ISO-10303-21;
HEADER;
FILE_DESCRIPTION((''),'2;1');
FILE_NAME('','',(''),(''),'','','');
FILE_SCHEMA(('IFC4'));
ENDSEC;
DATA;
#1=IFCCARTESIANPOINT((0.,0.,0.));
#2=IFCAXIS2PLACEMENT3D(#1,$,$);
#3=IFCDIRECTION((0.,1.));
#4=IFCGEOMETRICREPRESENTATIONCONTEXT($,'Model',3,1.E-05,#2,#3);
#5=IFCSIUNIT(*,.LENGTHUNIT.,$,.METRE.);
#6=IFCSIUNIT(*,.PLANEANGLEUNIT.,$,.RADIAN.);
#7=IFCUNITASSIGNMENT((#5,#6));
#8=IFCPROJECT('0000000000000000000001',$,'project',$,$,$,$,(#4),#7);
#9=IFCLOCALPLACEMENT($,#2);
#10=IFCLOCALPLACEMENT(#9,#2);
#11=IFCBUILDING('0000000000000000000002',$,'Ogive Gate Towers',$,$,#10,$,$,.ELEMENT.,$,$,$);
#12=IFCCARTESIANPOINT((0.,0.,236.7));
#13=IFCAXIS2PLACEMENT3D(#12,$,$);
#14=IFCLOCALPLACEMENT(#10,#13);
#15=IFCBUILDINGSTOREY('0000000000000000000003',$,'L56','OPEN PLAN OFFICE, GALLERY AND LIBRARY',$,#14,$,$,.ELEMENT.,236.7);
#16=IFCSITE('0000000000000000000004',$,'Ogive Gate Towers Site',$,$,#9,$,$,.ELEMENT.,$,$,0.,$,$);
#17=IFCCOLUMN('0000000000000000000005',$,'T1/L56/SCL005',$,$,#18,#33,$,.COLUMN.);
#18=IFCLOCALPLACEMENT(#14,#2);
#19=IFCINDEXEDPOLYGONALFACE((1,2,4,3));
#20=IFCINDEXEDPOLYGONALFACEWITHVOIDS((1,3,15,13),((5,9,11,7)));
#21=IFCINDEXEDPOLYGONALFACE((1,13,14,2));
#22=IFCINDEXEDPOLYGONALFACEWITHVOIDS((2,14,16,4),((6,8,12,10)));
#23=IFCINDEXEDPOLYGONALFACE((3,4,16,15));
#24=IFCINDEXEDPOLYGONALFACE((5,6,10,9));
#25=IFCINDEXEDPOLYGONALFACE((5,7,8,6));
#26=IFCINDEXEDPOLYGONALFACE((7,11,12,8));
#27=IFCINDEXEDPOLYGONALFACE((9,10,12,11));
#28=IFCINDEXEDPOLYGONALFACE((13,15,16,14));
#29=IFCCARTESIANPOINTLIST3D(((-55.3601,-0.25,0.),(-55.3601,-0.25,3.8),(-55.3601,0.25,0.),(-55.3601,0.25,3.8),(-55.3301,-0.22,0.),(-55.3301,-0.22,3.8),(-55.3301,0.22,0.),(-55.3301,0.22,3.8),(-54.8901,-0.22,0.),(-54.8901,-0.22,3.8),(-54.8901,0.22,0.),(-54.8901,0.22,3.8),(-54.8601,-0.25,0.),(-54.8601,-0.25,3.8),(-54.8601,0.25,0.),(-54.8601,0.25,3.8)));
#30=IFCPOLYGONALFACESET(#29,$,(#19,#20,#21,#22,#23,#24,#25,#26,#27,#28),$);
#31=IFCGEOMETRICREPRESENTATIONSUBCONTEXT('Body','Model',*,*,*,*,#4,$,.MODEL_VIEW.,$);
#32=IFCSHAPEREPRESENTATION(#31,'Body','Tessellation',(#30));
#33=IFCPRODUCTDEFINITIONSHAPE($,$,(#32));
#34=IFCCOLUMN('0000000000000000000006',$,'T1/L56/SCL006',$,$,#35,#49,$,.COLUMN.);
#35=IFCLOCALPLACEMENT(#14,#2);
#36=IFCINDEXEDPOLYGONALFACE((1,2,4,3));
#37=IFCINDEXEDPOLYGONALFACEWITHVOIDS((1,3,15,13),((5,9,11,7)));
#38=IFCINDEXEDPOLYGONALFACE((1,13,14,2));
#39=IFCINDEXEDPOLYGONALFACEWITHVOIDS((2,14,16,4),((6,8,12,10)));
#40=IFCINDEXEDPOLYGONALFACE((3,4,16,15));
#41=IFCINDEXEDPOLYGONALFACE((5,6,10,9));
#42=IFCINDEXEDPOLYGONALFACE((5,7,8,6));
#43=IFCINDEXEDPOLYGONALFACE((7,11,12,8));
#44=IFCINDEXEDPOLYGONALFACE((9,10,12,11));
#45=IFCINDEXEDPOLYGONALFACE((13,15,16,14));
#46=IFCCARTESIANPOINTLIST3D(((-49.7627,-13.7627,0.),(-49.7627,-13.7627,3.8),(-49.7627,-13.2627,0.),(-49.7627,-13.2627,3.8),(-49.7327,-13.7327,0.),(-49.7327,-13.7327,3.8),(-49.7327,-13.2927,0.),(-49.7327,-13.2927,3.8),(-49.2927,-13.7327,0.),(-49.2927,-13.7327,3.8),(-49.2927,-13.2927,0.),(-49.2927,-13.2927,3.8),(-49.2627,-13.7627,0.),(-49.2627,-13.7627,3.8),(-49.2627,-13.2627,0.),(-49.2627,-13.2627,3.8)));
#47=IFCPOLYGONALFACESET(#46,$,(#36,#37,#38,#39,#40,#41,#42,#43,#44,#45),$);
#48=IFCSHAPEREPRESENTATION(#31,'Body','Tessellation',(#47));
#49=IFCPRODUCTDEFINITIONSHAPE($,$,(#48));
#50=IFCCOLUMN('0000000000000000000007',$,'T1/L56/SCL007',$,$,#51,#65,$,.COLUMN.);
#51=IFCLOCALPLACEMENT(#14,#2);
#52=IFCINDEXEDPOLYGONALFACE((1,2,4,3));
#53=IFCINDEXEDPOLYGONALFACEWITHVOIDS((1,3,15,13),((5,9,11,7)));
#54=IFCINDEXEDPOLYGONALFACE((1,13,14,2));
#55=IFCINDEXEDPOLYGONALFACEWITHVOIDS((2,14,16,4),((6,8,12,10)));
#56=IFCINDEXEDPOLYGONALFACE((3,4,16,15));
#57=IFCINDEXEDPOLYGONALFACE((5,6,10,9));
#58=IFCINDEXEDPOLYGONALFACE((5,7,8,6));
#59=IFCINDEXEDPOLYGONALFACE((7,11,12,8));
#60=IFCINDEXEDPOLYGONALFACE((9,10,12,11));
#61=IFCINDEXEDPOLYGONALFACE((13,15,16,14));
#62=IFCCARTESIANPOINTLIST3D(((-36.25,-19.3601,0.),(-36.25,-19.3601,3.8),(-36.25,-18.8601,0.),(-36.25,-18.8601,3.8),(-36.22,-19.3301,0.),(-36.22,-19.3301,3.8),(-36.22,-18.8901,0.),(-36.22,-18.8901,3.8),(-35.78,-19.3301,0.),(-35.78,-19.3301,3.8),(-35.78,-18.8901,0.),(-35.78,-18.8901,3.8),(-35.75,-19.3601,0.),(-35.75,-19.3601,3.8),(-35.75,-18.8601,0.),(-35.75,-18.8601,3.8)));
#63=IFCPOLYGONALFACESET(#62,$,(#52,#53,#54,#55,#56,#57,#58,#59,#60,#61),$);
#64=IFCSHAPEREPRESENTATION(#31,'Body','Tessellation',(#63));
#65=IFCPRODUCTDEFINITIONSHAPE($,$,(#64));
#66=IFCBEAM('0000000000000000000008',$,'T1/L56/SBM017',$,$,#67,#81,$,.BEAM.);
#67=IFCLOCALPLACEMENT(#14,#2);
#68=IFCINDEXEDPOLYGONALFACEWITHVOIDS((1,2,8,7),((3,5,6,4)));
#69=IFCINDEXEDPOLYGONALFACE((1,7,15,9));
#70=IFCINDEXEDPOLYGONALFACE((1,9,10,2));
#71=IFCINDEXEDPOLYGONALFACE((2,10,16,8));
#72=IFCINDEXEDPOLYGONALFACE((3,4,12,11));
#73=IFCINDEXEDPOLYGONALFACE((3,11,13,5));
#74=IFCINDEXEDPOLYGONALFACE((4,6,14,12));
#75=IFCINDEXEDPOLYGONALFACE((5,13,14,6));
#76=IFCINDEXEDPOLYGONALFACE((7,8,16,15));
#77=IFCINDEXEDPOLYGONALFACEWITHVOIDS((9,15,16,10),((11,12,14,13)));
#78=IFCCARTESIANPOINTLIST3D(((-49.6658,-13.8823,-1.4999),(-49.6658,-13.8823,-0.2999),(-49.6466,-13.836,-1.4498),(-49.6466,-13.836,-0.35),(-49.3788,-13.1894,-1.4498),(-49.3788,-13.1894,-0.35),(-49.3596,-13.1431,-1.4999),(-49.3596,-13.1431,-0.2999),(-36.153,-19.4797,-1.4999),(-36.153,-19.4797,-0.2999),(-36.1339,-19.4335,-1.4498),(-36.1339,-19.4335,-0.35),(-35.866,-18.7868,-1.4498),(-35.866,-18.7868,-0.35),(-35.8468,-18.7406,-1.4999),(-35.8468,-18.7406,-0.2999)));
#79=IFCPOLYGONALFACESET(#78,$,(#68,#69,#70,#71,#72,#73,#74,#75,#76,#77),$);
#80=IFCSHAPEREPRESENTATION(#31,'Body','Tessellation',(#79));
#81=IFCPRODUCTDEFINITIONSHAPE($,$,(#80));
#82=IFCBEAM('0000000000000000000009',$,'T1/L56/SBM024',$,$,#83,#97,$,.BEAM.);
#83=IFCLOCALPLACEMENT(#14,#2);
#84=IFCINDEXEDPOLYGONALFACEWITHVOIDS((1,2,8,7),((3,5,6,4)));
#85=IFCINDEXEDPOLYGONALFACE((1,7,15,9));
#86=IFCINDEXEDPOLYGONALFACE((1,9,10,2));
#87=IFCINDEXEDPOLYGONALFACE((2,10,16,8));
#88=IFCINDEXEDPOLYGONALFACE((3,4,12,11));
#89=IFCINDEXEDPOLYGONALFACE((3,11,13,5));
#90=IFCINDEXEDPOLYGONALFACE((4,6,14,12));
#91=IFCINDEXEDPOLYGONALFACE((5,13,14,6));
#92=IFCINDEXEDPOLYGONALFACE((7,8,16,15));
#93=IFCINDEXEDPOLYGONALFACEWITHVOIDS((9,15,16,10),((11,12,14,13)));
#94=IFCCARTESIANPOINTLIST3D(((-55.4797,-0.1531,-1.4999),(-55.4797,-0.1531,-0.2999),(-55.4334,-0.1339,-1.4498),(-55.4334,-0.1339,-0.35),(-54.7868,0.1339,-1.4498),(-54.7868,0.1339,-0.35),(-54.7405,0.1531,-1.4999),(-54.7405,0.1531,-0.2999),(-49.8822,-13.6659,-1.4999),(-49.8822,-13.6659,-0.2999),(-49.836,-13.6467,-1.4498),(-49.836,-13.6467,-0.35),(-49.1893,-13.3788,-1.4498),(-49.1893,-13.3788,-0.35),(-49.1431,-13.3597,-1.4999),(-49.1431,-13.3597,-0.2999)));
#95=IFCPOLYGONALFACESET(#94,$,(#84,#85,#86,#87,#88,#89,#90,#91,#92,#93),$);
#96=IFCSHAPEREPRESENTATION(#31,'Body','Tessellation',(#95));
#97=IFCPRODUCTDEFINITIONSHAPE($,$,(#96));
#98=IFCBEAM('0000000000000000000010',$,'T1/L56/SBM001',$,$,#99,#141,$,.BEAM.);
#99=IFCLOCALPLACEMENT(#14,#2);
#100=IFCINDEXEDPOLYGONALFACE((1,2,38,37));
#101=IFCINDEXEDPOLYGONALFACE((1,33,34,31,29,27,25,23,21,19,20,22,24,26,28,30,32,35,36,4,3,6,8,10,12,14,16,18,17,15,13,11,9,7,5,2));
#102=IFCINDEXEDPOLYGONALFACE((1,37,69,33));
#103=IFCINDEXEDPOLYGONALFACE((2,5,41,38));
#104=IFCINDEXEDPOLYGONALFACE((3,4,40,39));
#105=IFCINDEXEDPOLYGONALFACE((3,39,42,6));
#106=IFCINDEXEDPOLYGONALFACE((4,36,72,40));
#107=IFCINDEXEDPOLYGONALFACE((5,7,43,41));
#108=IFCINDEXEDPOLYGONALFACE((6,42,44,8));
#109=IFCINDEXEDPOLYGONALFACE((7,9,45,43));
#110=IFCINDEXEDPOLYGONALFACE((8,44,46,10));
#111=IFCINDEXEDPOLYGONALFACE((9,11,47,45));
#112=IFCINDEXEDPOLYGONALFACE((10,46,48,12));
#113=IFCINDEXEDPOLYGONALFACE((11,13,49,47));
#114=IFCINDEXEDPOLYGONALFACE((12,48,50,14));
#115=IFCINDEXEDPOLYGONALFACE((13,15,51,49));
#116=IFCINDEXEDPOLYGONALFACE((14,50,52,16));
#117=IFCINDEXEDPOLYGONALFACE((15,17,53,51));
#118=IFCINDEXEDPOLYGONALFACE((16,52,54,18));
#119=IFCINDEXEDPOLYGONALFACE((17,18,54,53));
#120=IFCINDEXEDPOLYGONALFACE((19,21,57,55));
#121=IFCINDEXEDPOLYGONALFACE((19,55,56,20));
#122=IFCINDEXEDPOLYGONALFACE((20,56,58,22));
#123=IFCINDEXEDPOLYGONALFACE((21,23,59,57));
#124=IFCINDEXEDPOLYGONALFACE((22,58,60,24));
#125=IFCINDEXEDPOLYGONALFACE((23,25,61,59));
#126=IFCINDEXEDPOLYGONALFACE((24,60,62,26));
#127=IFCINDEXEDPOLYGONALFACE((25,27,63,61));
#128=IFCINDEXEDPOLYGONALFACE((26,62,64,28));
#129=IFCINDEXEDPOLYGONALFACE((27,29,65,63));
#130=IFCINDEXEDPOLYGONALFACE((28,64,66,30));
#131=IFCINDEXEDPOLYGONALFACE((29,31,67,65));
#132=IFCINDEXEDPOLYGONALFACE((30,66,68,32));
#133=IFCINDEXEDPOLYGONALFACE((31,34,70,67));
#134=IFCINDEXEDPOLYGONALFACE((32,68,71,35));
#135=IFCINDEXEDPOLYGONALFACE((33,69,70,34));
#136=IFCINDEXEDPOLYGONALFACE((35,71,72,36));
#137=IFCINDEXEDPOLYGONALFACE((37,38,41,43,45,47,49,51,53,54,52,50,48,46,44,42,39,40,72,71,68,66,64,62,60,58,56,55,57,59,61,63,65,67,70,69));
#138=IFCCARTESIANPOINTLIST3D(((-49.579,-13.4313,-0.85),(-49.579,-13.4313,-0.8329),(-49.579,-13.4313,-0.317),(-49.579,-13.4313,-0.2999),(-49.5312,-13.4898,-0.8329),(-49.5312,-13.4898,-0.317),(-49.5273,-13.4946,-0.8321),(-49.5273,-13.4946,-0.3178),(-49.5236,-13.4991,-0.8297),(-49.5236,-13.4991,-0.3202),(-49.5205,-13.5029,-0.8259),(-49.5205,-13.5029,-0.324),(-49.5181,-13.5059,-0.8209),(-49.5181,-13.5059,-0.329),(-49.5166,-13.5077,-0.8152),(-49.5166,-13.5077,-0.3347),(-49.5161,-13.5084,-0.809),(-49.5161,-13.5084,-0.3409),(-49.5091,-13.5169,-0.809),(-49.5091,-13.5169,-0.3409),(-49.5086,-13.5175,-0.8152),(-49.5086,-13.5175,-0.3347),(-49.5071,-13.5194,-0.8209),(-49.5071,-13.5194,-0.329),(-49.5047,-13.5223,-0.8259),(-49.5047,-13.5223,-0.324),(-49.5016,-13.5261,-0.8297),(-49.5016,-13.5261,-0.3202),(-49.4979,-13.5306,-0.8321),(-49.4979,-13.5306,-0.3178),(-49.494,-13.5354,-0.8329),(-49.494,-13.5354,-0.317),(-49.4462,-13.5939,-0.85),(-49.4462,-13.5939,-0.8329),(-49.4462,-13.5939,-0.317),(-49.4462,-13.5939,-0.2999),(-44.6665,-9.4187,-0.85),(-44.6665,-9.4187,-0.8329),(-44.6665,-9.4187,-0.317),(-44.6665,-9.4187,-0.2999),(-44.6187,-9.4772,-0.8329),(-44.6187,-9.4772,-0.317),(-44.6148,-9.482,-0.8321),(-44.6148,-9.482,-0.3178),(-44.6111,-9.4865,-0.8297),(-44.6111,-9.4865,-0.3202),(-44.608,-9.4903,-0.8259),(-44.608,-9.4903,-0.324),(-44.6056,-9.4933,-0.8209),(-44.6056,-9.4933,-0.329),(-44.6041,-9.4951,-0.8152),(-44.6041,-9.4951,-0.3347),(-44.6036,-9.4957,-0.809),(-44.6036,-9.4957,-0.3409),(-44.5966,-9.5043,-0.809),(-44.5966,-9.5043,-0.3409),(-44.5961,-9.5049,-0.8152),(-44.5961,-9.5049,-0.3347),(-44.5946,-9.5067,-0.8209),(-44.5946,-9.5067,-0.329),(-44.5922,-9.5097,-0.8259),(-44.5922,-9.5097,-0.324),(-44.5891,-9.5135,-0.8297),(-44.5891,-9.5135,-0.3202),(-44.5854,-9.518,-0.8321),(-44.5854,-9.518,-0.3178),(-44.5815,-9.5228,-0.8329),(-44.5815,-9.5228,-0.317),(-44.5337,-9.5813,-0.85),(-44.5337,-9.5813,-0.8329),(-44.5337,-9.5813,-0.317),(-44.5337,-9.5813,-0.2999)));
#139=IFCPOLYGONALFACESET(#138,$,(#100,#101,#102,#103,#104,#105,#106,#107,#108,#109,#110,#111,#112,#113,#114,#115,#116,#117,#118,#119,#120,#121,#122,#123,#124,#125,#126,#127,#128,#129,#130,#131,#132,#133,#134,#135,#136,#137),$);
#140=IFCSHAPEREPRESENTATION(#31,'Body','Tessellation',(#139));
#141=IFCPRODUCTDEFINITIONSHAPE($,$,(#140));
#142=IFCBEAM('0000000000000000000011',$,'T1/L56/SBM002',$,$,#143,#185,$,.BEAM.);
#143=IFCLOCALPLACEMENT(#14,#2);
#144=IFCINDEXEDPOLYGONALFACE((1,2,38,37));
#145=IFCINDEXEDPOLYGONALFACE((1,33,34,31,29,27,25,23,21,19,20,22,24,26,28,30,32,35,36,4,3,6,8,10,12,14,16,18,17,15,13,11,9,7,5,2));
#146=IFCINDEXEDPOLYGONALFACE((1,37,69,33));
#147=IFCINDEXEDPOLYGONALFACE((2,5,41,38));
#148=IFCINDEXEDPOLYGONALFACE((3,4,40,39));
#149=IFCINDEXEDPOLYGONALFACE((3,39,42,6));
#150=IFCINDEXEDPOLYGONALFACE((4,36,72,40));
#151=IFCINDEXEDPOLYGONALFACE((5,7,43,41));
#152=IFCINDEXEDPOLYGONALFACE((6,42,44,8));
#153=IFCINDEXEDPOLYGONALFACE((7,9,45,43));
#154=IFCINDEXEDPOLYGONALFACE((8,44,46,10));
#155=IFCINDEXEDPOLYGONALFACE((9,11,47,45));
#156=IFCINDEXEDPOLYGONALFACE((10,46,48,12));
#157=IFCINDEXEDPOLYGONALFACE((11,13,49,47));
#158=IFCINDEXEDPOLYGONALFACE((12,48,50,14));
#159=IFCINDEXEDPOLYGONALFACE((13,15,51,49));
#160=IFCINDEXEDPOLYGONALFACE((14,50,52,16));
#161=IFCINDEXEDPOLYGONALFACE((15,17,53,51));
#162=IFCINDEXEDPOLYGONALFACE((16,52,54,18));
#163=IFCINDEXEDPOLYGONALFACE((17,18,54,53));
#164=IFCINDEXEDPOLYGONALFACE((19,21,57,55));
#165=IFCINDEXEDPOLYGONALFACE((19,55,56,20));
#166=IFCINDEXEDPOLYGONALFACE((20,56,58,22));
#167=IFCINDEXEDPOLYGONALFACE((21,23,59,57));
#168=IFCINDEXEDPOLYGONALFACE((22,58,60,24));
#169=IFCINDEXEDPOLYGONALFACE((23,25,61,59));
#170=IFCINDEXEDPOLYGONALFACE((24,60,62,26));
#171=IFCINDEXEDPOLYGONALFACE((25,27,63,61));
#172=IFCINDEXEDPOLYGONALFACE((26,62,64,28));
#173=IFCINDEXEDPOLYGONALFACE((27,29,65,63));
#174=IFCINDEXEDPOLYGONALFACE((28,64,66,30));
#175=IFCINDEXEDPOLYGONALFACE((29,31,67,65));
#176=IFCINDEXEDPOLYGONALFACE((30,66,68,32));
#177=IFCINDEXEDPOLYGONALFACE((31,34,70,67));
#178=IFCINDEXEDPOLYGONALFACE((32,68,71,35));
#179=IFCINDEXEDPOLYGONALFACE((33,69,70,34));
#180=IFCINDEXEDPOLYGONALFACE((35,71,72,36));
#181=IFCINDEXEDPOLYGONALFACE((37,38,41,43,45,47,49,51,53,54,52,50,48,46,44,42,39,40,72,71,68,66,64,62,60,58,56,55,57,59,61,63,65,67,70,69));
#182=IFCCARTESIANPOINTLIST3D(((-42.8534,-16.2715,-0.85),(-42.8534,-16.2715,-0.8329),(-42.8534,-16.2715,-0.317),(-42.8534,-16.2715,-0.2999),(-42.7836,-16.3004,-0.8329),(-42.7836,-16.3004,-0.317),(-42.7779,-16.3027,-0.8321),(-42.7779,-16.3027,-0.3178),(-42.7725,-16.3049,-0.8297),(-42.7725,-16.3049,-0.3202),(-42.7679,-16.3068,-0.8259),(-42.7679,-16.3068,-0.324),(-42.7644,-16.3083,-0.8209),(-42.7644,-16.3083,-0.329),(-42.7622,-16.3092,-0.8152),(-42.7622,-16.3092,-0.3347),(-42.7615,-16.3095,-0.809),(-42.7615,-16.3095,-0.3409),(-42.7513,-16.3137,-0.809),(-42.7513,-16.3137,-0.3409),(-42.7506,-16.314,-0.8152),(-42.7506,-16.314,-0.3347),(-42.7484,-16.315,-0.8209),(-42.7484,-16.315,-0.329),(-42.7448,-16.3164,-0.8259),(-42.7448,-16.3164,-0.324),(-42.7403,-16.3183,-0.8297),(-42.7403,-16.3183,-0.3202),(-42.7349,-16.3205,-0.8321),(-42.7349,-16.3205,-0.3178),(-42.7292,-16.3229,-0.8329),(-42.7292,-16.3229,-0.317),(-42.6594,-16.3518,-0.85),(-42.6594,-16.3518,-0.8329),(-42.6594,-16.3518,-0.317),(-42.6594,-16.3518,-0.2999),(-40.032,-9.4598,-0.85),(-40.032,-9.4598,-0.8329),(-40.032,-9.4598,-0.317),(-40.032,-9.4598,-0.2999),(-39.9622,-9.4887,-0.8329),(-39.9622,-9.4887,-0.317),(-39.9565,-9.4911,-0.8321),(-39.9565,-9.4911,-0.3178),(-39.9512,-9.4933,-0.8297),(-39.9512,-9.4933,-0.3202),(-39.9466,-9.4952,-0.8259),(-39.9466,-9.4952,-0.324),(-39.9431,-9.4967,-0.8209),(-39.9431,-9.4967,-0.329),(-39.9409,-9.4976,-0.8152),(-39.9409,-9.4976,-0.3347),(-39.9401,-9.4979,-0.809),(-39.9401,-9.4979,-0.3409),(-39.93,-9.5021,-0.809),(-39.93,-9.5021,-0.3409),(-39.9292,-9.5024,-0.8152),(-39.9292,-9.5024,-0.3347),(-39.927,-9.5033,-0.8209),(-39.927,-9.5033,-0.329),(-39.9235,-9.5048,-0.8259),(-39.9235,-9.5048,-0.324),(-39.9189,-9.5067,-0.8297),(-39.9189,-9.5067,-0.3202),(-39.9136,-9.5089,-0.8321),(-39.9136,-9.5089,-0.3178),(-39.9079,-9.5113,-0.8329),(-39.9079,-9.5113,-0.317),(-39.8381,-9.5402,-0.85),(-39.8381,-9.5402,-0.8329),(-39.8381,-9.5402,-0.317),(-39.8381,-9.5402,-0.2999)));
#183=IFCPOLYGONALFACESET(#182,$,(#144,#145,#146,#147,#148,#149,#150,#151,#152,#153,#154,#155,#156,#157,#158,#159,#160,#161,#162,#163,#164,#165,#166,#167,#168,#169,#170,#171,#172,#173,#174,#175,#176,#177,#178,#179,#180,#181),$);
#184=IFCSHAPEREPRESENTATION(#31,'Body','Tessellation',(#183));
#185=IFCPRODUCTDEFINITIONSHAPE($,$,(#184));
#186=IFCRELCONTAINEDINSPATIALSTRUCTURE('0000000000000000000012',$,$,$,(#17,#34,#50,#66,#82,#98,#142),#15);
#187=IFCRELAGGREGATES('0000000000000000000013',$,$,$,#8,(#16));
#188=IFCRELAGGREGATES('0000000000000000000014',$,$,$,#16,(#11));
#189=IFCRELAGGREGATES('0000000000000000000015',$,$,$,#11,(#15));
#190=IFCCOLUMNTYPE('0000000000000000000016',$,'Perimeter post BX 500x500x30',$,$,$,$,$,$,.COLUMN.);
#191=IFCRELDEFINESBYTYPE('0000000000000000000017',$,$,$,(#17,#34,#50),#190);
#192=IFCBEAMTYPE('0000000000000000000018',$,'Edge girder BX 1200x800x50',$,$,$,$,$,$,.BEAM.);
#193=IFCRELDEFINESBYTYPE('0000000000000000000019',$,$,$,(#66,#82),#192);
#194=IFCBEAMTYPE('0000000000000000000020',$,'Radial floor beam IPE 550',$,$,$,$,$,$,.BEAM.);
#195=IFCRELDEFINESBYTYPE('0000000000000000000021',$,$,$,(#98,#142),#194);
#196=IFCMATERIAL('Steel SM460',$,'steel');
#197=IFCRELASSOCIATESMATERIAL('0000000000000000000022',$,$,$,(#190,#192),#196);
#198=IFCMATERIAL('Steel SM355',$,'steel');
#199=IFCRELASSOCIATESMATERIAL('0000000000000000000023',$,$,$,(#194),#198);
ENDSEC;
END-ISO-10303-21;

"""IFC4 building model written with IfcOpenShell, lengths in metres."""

from ifc_helpers import new_model, si_unit, direction, frame, origin, origin_2d, place, context, subcontext, project, spatial, hollow_rectangle, i_section, extrude, material, material_profile, profile_set, type_object, element, save


model = new_model("IFC4")

# Units and contexts
model_context = context("Model", 3, precision=1e-05, world=origin(), true_north=direction((0.0, 1.0)))
body_context = subcontext(model_context, "Body", "Model", "MODEL_VIEW")
ifc_project = project(units=[si_unit("LENGTHUNIT", "METRE"), si_unit("PLANEANGLEUNIT", "RADIAN")], contexts=[model_context])

# Site, building, storey
site_placement = place(None, origin())
site = spatial("IfcSite", under=ifc_project, at=site_placement, Name="Ogive Gate Towers Site", CompositionType="ELEMENT", RefElevation=0.0)
building_placement = place(site_placement, origin())
building = spatial("IfcBuilding", under=site, at=building_placement, Name="Ogive Gate Towers", CompositionType="ELEMENT")
storey_placement = place(building_placement, frame((0.0, 0.0, 236.7)))
storey = spatial("IfcBuildingStorey", under=building, at=storey_placement, Name="L56", Description="OPEN PLAN OFFICE, GALLERY AND LIBRARY", CompositionType="ELEMENT", Elevation=236.7)

# Columns
ifc_material_1 = material(Name="Steel SM460", Category="steel")
ifc_material_profile_1 = material_profile(ifc_material_1, hollow_rectangle(XDim=0.5, YDim=0.5, WallThickness=0.03, at=origin_2d()), Name="BX 500x500x30")
ifc_profile_set_1 = profile_set([ifc_material_profile_1], Name="Steel SM460")
column_type = type_object("IfcColumnType", Name="Perimeter post BX 500x500x30", PredefinedType="COLUMN", material=ifc_profile_set_1)
for number, where, z_axis, x_axis, name in (
    (1, (-55.1101, 0.0, 0.0), (0.0, 0.0, 1.0), (1.0, 0.0, 0.0), "T1/L56/SCL005"),
    (2, (-49.5127, -13.5127, 0.0), (0.0, 0.0, 1.0), (1.0, 0.0, 0.0), "T1/L56/SCL006"),
    (3, (-36.0, -19.1101, 0.0), (0.0, 0.0, 1.0), (1.0, 0.0, 0.0), "T1/L56/SCL007"),
):
    element("IfcColumn", number, at=place(storey_placement, frame(where, z_axis=z_axis, x_axis=x_axis)), inside=storey, type_object=column_type, Name=name, PredefinedType="COLUMN", context=body_context, shape_type="SweptSolid", body=[
        extrude(hollow_rectangle(XDim=0.5, YDim=0.5, WallThickness=0.03, at=origin_2d()), origin(), (0.0, 0.0, 1.0), 3.8),
    ])

# Beams
ifc_material_profile_2 = material_profile(ifc_material_1, hollow_rectangle(XDim=0.8, YDim=1.2, WallThickness=0.05, at=origin_2d()), Name="BX 1200x800x50")
ifc_profile_set_2 = profile_set([ifc_material_profile_2], Name="Steel SM460")
beam_type_1 = type_object("IfcBeamType", Name="Edge girder BX 1200x800x50", PredefinedType="BEAM", material=ifc_profile_set_2)
for number, where, z_axis, x_axis, name in (
    (4, (-49.5127, -13.5127, -0.8999), (0.923873, -0.382699, 0.0), (0.382699, 0.923873, 0.0), "T1/L56/SBM017"),
    (5, (-55.1101, 0.0, -0.8999), (0.382699, -0.923873, 0.0), (0.923873, 0.382699, 0.0), "T1/L56/SBM024"),
):
    element("IfcBeam", number, at=place(storey_placement, frame(where, z_axis=z_axis, x_axis=x_axis)), inside=storey, type_object=beam_type_1, Name=name, PredefinedType="BEAM", context=body_context, shape_type="SweptSolid", body=[
        extrude(hollow_rectangle(XDim=0.8, YDim=1.2, WallThickness=0.05, at=origin_2d()), origin(), (0.0, 0.0, 1.0), 14.6262),
    ])
ifc_material_2 = material(Name="Steel SM355", Category="steel")
ifc_material_profile_3 = material_profile(ifc_material_2, i_section(OverallWidth=0.21, OverallDepth=0.55, WebThickness=0.011, FlangeThickness=0.0171, FilletRadius=0.0239, at=origin_2d()), Name="IPE 550")
ifc_profile_set_3 = profile_set([ifc_material_profile_3], Name="Steel SM355")
beam_type_2 = type_object("IfcBeamType", Name="Radial floor beam IPE 550", PredefinedType="BEAM", material=ifc_profile_set_3)
beam_1_placement = place(storey_placement, frame((-44.6001, -9.5, -0.575), z_axis=(-0.774475, -0.632605, 0.0), x_axis=(0.632605, -0.774475, 0.0)))
element("IfcBeam", 6, at=beam_1_placement, inside=storey, type_object=beam_type_2, Name="T1/L56/SBM001", PredefinedType="BEAM", context=body_context, shape_type="SweptSolid", body=[
    extrude(i_section(OverallWidth=0.21, OverallDepth=0.55, WebThickness=0.011, FlangeThickness=0.0171, FilletRadius=0.0239, at=origin_2d()), origin(), (0.0, 0.0, 1.0), 6.343),
])
beam_2_placement = place(storey_placement, frame((-39.9351, -9.5, -0.575), z_axis=(-0.382668, -0.923886, 0.0), x_axis=(0.923886, -0.382668, 0.0)))
element("IfcBeam", 7, at=beam_2_placement, inside=storey, type_object=beam_type_2, Name="T1/L56/SBM002", PredefinedType="BEAM", context=body_context, shape_type="SweptSolid", body=[
    extrude(i_section(OverallWidth=0.21, OverallDepth=0.55, WebThickness=0.011, FlangeThickness=0.0171, FilletRadius=0.0239, at=origin_2d()), origin(), (0.0, 0.0, 1.0), 7.3728),
])

save(model, "model.ifc")
